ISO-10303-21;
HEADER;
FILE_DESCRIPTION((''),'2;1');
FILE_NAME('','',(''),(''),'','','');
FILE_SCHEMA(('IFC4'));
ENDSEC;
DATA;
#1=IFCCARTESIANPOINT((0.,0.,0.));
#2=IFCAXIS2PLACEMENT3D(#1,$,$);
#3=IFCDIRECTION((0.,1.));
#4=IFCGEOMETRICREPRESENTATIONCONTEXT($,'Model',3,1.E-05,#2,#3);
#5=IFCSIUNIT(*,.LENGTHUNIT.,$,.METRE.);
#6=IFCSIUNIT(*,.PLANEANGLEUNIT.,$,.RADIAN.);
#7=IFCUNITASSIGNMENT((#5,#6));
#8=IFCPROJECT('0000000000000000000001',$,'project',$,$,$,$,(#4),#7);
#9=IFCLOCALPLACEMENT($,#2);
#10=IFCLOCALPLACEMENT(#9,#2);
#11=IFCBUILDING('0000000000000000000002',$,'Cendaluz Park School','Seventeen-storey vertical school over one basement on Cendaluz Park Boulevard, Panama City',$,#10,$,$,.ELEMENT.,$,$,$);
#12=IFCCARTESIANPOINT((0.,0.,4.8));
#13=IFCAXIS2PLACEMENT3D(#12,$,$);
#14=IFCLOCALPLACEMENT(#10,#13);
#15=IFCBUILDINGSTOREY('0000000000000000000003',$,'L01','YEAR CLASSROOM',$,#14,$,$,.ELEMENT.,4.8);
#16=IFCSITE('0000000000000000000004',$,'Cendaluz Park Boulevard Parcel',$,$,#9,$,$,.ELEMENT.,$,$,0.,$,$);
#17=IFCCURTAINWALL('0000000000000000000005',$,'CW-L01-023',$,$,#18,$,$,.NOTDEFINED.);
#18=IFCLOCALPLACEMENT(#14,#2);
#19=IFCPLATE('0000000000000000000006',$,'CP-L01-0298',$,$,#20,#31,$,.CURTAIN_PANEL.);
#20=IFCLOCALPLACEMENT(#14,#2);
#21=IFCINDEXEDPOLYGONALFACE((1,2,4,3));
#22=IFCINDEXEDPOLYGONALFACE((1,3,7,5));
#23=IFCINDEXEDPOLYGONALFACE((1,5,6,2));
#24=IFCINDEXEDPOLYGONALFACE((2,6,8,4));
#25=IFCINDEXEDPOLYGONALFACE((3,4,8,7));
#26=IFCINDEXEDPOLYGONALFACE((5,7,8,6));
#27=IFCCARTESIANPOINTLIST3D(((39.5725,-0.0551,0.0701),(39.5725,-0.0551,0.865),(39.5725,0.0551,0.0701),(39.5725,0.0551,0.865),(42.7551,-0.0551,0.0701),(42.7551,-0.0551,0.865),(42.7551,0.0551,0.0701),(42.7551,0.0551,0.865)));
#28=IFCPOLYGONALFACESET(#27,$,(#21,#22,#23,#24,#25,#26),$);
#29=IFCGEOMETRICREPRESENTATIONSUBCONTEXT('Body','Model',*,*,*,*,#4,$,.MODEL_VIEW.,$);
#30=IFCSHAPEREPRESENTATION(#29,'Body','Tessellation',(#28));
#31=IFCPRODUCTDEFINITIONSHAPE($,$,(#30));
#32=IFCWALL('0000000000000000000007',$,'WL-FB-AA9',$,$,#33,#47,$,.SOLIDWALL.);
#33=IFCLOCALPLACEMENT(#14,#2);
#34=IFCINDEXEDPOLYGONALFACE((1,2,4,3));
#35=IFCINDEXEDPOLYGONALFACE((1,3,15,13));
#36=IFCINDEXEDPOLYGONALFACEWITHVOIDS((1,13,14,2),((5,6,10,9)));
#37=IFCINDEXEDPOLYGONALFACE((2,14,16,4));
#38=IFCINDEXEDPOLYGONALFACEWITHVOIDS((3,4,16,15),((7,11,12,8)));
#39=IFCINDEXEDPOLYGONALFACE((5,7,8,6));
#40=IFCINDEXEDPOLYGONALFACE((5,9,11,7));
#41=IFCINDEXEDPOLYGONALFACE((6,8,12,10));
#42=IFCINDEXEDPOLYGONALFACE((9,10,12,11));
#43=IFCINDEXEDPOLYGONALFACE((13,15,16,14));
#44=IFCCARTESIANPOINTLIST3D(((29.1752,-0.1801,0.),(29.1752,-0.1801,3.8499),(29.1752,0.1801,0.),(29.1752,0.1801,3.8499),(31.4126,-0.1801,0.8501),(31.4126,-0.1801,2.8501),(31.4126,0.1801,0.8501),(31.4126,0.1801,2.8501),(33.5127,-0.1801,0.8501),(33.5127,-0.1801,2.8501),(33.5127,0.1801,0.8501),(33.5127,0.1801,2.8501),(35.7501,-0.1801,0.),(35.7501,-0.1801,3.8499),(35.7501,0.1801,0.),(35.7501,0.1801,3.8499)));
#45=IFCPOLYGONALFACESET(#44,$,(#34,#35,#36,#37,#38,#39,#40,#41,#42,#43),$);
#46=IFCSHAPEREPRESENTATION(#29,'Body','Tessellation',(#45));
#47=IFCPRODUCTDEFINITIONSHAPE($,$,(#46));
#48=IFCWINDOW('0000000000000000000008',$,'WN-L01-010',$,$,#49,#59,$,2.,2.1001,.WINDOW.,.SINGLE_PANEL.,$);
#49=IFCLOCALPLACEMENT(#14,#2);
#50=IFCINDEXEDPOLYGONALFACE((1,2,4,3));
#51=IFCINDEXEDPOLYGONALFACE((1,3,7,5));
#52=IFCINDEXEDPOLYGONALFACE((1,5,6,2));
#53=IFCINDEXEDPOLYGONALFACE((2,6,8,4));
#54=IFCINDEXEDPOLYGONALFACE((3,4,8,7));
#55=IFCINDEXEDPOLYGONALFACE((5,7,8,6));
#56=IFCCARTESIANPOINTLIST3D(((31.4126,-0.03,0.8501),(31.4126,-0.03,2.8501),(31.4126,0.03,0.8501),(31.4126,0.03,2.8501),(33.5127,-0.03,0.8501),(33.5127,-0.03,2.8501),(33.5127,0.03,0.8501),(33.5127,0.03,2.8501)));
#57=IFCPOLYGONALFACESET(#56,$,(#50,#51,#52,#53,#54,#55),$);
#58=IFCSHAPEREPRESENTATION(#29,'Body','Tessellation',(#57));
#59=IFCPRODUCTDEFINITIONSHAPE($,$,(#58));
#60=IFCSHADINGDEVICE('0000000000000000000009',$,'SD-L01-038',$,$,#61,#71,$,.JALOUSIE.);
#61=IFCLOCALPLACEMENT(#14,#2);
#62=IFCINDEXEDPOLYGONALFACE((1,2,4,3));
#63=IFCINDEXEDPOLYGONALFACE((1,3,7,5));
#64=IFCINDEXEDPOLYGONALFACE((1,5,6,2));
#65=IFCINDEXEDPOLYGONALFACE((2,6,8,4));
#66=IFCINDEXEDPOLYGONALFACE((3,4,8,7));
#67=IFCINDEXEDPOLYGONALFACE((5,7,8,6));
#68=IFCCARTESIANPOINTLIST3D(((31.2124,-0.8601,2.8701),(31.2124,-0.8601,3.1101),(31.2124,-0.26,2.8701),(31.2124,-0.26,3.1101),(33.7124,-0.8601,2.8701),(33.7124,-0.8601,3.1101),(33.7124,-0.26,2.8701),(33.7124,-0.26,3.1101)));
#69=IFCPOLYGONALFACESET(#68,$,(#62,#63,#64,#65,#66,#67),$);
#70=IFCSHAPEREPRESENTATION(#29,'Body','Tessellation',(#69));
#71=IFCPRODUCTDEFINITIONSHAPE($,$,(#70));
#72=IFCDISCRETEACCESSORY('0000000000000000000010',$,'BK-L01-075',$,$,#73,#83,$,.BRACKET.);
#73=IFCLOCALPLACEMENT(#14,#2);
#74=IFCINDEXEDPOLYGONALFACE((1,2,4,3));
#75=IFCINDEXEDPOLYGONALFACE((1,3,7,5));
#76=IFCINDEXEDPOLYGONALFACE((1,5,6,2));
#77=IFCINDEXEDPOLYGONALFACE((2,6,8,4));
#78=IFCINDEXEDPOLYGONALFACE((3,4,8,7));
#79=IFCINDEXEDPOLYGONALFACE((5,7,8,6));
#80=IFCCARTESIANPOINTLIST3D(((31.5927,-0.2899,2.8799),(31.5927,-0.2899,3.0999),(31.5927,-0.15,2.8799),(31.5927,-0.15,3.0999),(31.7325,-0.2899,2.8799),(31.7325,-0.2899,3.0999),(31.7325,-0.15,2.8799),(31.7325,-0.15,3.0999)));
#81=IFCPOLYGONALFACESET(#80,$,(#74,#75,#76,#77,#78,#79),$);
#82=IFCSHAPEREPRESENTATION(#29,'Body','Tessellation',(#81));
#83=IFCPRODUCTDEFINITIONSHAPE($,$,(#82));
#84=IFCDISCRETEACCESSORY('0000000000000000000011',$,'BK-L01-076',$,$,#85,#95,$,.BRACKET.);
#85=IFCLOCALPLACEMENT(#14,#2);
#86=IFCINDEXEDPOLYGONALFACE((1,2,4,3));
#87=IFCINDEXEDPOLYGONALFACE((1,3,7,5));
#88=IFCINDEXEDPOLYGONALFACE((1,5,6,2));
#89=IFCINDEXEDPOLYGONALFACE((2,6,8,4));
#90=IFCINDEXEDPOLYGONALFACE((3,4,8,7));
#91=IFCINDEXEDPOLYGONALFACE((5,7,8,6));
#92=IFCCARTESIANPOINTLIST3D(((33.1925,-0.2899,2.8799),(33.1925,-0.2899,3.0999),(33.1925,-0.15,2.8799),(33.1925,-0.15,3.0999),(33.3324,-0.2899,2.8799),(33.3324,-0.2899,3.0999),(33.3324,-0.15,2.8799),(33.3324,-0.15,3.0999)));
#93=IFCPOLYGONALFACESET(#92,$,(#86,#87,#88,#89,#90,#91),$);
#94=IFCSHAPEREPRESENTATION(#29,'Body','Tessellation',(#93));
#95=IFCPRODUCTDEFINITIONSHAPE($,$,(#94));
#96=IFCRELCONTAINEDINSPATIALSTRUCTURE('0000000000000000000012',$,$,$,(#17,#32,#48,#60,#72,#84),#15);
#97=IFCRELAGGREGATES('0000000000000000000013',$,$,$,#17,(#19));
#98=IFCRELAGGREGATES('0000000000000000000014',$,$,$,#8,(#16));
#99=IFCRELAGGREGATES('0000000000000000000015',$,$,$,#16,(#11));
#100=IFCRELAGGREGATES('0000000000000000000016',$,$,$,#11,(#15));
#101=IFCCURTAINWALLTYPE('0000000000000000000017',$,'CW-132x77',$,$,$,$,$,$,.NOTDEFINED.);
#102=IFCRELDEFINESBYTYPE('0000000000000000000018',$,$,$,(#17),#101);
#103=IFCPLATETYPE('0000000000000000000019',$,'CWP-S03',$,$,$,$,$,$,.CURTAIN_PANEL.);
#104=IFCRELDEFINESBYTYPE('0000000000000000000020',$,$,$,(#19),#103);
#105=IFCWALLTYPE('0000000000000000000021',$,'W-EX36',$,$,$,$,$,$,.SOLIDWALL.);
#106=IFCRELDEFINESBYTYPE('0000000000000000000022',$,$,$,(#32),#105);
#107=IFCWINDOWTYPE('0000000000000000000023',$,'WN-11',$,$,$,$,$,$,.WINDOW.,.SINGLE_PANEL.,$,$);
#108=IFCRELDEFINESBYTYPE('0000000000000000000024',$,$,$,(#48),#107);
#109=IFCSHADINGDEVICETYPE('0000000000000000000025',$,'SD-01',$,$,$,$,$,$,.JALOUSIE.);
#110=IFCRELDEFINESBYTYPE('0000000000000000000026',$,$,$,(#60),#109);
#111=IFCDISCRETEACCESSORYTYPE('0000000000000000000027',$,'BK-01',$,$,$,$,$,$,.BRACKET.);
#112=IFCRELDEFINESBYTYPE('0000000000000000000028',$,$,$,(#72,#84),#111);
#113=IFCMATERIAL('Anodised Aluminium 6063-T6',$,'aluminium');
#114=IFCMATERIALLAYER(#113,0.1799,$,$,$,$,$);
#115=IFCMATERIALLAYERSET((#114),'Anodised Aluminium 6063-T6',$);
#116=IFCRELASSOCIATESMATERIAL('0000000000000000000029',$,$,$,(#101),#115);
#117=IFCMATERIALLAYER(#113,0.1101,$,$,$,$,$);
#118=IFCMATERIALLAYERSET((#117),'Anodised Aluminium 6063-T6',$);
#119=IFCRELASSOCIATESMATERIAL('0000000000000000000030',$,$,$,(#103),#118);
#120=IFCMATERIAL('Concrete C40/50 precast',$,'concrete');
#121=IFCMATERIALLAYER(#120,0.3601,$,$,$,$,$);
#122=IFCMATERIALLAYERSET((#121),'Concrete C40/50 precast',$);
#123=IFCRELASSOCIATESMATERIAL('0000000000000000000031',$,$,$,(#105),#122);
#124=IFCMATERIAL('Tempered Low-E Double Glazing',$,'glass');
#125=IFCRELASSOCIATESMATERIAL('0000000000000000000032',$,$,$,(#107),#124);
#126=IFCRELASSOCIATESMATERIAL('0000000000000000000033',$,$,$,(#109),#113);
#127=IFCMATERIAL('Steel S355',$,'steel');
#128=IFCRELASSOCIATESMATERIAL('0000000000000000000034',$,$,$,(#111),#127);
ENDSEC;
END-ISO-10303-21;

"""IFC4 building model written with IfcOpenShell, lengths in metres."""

from ifc_helpers import new_model, si_unit, direction, frame, frame_2d, origin, origin_2d, place, context, subcontext, project, spatial, rectangle, extrude, material, layer, layer_set, type_object, element, fill, aggregate, save


model = new_model("IFC4")

# Units and contexts
model_context = context("Model", 3, precision=1e-05, world=origin(), true_north=direction((0.0, 1.0)))
body_context = subcontext(model_context, "Body", "Model", "MODEL_VIEW")
ifc_project = project(units=[si_unit("LENGTHUNIT", "METRE"), si_unit("PLANEANGLEUNIT", "RADIAN")], contexts=[model_context])

# Site, building, storey
site_placement = place(None, origin())
site = spatial("IfcSite", under=ifc_project, at=site_placement, Name="Cendaluz Park Boulevard Parcel", CompositionType="ELEMENT", RefElevation=0.0)
building_placement = place(site_placement, origin())
building = spatial("IfcBuilding", under=site, at=building_placement, Name="Cendaluz Park School", Description="Seventeen-storey vertical school over one basement on Cendaluz Park Boulevard, Panama City", CompositionType="ELEMENT")
storey_placement = place(building_placement, frame((0.0, 0.0, 4.8)))
storey = spatial("IfcBuildingStorey", under=building, at=storey_placement, Name="L01", Description="YEAR CLASSROOM", CompositionType="ELEMENT", Elevation=4.8)

# Curtain wall, plate
ifc_material_1 = material(Name="Anodised Aluminium 6063-T6", Category="aluminium")
ifc_layer_1 = layer(ifc_material_1, 0.1799)
ifc_layer_set_1 = layer_set([ifc_layer_1], Name="Anodised Aluminium 6063-T6")
curtain_wall_type = type_object("IfcCurtainWallType", Name="CW-132x77", PredefinedType="NOTDEFINED", material=ifc_layer_set_1)
curtain_wall_placement = place(storey_placement, origin())
curtain_wall = element("IfcCurtainWall", 1, at=curtain_wall_placement, inside=storey, type_object=curtain_wall_type, Name="CW-L01-023", PredefinedType="NOTDEFINED")
ifc_material_2 = material(Name="Tempered Low-E Double Glazing", Category="glass")
ifc_layer_2 = layer(ifc_material_1, 0.1101)
ifc_layer_set_2 = layer_set([ifc_layer_2], Name="Anodised Aluminium 6063-T6")
plate_type_1 = type_object("IfcPlateType", Name="CWP-S03", PredefinedType="CURTAIN_PANEL", material=ifc_layer_set_2)
plate_1_placement = place(storey_placement, frame((41.1638, 0.0, 0.0701), z_axis=(0.0, 0.0, 1.0), x_axis=(1.0, 0.0, 0.0)))
plate_1 = element("IfcPlate", 2, at=plate_1_placement, type_object=plate_type_1, Name="CP-L01-0298", PredefinedType="CURTAIN_PANEL", context=body_context, shape_type="SweptSolid", body=[
    extrude(rectangle(XDim=3.1826, YDim=0.1101, at=origin_2d()), origin(), (0.0, 0.0, 1.0), 0.7949),
])
aggregate(curtain_wall, [plate_1])

# Wall, opening, window
ifc_material_3 = material(Name="Concrete C40/50 precast", Category="concrete")
ifc_layer_3 = layer(ifc_material_3, 0.3601)
ifc_layer_set_3 = layer_set([ifc_layer_3], Name="Concrete C40/50 precast")
wall_type = type_object("IfcWallType", Name="W-EX36", PredefinedType="SOLIDWALL", material=ifc_layer_set_3)
wall_placement = place(storey_placement, frame((29.175, 0.0, 0.0), z_axis=(0.0, 0.0, 1.0), x_axis=(1.0, 0.0, 0.0)))
wall = element("IfcWall", 3, at=wall_placement, inside=storey, type_object=wall_type, Name="WL-FB-AA9", PredefinedType="SOLIDWALL", context=body_context, shape_type="SweptSolid", body=[
    extrude(rectangle(XDim=6.575, YDim=0.3601, at=frame_2d((3.2876, 0.0))), origin(), (0.0, 0.0, 1.0), 3.8499),
])
opening_placement = place(wall_placement, frame((2.2375, 0.0, 0.8501)))
opening = element("IfcOpeningElement", 4, at=opening_placement, cuts=wall, PredefinedType="OPENING", context=body_context, shape_type="SweptSolid", body=[
    extrude(rectangle(XDim=2.1001, YDim=2.0, at=frame_2d((1.05, 1.0))), frame((0.0, 0.1921, 0.0), z_axis=(0.0, -1.0, 0.0), x_axis=(1.0, 0.0, 0.0)), (0.0, 0.0, 1.0), 0.384),
])
window_type = type_object("IfcWindowType", Name="WN-11", PartitioningType="SINGLE_PANEL", PredefinedType="WINDOW", material=ifc_material_2)
window_placement = place(opening_placement, origin())
window = element("IfcWindow", 5, at=window_placement, inside=storey, type_object=window_type, Name="WN-L01-010", OverallHeight=2.0, OverallWidth=2.1001, PartitioningType="SINGLE_PANEL", PredefinedType="WINDOW", context=body_context, shape_type="SweptSolid", body=[
    extrude(rectangle(XDim=2.1001, YDim=2.0, at=frame_2d((1.05, 1.0))), frame((0.0, 0.03, 0.0), z_axis=(0.0, -1.0, 0.0), x_axis=(1.0, 0.0, 0.0)), (0.0, 0.0, 1.0), 0.0601),
])
fill(opening, window)

# Shading device
shading_device_type = type_object("IfcShadingDeviceType", Name="SD-01", PredefinedType="JALOUSIE", material=ifc_material_1)
shading_device_placement = place(storey_placement, frame((32.4624, -0.5601, 2.8701), z_axis=(0.0, 0.0, 1.0), x_axis=(1.0, 0.0, 0.0)))
element("IfcShadingDevice", 6, at=shading_device_placement, inside=storey, type_object=shading_device_type, Name="SD-L01-038", PredefinedType="JALOUSIE", context=body_context, shape_type="SweptSolid", body=[
    extrude(rectangle(XDim=2.5, YDim=0.6001, at=origin_2d()), origin(), (0.0, 0.0, 1.0), 0.24),
])

# Discrete accessories
ifc_material_4 = material(Name="Steel S355", Category="steel")
discrete_accessory_type = type_object("IfcDiscreteAccessoryType", Name="BK-01", PredefinedType="BRACKET", material=ifc_material_4)
for number, where, z_axis, x_axis, name in (
    (7, (31.6626, -0.22, 2.8799), (0.0, 0.0, 1.0), (1.0, 0.0, 0.0), "BK-L01-075"),
    (8, (33.2625, -0.22, 2.8799), (0.0, 0.0, 1.0), (1.0, 0.0, 0.0), "BK-L01-076"),
):
    element("IfcDiscreteAccessory", number, at=place(storey_placement, frame(where, z_axis=z_axis, x_axis=x_axis)), inside=storey, type_object=discrete_accessory_type, Name=name, PredefinedType="BRACKET", context=body_context, shape_type="SweptSolid", body=[
        extrude(rectangle(XDim=0.1399, YDim=0.1399, at=origin_2d()), origin(), (0.0, 0.0, 1.0), 0.22),
    ])

save(model, "model.ifc")
